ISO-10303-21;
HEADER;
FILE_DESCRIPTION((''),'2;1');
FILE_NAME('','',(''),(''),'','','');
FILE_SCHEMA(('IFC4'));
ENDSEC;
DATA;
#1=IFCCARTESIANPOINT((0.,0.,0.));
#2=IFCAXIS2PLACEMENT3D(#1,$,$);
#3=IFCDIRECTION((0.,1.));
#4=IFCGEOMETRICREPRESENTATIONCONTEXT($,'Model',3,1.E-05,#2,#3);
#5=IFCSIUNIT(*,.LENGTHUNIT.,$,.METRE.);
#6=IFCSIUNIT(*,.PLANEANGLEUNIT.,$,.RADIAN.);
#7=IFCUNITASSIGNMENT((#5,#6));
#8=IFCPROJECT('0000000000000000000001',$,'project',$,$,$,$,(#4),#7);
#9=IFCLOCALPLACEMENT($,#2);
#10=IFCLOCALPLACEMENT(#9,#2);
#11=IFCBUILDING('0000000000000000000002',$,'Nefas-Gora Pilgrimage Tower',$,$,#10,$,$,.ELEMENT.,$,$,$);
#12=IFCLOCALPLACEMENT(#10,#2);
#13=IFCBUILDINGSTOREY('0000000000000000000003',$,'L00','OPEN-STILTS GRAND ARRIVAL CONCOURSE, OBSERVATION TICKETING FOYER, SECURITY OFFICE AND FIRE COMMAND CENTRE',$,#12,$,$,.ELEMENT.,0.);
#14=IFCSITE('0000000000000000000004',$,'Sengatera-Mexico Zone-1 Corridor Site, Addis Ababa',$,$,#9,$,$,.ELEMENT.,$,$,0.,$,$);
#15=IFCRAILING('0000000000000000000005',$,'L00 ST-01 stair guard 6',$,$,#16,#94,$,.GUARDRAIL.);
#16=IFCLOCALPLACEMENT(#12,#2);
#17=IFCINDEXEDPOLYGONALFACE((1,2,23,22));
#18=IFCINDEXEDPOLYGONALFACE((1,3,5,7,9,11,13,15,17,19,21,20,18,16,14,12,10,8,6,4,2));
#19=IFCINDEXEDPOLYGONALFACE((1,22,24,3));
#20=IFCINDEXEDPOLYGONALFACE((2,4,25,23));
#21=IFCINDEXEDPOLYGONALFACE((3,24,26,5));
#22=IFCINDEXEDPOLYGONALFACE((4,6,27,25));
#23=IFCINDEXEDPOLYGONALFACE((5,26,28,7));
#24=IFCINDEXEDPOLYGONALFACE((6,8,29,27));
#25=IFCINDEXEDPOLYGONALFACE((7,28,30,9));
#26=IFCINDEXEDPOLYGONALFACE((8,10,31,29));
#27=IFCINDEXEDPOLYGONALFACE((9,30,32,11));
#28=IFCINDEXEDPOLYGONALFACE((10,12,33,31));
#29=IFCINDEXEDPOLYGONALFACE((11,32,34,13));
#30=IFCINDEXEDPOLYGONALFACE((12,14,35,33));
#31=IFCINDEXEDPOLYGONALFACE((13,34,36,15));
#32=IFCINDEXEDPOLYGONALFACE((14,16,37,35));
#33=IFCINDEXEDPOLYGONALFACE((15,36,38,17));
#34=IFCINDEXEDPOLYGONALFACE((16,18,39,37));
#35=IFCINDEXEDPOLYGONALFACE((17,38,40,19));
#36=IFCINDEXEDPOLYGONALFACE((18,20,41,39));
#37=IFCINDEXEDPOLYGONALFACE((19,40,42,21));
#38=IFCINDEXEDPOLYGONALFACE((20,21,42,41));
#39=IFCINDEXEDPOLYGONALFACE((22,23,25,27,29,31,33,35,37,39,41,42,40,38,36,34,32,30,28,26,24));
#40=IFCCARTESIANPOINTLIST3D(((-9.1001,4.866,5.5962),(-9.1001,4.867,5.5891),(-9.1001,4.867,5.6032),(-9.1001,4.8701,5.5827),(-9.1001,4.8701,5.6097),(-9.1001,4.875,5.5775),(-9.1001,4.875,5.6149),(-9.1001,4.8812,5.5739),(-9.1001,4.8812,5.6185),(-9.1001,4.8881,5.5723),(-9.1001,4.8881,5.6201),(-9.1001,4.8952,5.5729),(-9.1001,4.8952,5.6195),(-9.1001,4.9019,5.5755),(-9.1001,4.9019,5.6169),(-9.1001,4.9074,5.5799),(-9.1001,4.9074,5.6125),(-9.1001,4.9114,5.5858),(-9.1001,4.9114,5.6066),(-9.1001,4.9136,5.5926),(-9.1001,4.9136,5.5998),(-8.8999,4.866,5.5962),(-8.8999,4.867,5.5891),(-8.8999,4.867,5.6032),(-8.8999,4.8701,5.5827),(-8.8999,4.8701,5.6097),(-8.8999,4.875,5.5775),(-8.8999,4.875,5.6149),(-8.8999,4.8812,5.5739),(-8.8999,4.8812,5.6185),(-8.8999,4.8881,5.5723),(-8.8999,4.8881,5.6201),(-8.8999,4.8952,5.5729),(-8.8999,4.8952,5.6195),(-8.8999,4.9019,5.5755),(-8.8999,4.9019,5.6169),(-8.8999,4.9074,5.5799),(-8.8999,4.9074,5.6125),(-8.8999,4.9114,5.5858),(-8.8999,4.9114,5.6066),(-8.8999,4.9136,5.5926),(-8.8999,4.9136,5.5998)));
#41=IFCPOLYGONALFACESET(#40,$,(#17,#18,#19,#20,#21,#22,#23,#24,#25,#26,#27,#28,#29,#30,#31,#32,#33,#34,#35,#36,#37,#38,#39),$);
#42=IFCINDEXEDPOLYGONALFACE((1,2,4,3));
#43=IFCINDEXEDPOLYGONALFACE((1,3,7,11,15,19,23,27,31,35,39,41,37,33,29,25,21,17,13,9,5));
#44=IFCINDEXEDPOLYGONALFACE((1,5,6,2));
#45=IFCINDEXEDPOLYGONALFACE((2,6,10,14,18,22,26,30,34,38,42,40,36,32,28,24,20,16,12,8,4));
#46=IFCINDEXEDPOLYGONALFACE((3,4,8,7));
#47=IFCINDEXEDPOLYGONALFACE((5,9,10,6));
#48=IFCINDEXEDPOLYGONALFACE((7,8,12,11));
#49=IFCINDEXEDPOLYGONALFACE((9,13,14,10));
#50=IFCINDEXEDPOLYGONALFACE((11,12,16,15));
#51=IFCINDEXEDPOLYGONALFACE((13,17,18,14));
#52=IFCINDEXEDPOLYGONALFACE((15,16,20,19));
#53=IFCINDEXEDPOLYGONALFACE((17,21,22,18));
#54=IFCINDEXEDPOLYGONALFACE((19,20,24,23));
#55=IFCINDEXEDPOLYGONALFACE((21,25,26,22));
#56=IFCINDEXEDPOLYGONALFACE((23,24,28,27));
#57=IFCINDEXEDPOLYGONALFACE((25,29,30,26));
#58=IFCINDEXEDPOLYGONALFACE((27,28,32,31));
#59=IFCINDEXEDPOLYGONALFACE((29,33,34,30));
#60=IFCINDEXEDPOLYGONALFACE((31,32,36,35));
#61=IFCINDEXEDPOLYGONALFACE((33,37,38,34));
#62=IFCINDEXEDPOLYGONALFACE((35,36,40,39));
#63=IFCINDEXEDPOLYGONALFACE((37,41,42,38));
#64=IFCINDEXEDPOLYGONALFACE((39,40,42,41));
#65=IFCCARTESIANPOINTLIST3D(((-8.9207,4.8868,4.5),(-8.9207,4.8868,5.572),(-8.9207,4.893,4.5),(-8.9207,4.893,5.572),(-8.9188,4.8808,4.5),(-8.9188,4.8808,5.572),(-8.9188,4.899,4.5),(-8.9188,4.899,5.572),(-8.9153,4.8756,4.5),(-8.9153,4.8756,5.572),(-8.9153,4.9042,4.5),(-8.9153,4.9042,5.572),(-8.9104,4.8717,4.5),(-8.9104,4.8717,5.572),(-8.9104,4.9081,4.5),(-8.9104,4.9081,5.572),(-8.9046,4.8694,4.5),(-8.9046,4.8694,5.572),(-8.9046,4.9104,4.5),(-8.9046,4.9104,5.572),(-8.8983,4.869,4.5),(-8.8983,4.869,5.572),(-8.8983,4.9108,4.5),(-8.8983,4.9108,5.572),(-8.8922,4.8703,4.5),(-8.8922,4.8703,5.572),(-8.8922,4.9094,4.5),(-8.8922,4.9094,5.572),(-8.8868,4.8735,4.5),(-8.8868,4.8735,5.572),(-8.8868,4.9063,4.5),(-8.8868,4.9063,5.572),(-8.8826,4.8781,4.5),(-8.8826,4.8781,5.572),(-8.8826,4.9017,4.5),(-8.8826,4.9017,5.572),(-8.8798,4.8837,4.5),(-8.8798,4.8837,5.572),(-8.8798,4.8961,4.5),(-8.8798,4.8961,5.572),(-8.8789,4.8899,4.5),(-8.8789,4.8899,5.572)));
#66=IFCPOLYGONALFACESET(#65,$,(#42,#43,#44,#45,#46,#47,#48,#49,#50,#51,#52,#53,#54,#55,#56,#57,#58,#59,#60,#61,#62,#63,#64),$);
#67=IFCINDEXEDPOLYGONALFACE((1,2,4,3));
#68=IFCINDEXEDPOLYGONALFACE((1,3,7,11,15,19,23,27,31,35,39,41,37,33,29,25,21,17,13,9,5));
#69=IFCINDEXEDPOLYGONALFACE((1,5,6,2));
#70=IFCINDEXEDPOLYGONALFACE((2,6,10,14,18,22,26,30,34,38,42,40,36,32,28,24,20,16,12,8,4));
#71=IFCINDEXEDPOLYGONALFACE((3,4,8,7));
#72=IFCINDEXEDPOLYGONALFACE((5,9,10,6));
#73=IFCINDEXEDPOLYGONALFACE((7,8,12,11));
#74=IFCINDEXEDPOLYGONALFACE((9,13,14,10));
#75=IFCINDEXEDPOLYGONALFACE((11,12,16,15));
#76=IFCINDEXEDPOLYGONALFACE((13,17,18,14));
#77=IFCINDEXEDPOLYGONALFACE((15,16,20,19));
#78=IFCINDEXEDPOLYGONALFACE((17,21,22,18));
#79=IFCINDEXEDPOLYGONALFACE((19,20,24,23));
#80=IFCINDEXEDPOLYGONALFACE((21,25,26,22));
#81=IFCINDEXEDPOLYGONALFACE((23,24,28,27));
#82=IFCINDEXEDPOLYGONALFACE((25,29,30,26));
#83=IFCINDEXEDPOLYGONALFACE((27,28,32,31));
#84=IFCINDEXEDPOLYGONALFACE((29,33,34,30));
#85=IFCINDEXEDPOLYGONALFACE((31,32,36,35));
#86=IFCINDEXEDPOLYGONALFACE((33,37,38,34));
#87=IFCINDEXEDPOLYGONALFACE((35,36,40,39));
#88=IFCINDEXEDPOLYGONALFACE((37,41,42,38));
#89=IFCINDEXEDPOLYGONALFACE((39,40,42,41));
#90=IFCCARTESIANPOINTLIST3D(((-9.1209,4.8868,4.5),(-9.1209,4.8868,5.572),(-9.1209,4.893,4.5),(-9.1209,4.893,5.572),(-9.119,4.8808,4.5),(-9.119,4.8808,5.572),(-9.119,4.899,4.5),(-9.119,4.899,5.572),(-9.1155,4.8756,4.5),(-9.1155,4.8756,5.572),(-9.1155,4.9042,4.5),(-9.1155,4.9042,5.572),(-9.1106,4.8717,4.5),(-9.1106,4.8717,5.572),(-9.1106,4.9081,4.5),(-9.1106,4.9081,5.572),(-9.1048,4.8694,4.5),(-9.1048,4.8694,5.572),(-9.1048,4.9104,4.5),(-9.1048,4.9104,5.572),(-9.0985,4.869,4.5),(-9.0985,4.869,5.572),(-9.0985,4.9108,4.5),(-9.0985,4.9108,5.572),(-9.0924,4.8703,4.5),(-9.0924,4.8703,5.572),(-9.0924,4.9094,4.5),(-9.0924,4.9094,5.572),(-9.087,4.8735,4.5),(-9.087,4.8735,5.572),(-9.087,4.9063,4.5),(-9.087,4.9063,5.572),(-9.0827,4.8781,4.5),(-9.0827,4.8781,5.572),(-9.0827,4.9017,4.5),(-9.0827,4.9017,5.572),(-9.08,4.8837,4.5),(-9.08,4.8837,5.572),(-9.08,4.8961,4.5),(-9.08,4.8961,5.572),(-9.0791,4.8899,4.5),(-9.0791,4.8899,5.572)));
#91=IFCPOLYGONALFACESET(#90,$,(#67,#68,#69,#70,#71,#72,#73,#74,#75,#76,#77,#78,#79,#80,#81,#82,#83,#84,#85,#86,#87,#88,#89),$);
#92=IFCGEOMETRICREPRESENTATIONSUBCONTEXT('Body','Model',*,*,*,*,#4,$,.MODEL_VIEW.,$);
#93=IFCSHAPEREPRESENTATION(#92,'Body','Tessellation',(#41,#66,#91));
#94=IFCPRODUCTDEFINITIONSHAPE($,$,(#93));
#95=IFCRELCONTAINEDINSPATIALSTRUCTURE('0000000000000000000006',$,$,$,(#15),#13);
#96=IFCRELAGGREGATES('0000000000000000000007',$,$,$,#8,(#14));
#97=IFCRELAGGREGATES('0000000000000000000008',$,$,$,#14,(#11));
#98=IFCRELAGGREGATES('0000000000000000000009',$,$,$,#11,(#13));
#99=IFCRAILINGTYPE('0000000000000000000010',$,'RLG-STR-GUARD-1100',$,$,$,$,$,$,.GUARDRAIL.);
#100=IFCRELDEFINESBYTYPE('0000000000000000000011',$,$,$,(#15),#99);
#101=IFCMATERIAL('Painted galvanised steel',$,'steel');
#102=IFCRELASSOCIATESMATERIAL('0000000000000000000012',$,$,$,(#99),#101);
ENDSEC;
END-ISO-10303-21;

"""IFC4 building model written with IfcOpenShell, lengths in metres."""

from ifc_helpers import new_model, si_unit, direction, frame, origin, origin_2d, place, context, subcontext, project, spatial, circle, extrude, material, type_object, element, save


model = new_model("IFC4")

# Units and contexts
model_context = context("Model", 3, precision=1e-05, world=origin(), true_north=direction((0.0, 1.0)))
body_context = subcontext(model_context, "Body", "Model", "MODEL_VIEW")
ifc_project = project(units=[si_unit("LENGTHUNIT", "METRE"), si_unit("PLANEANGLEUNIT", "RADIAN")], contexts=[model_context])

# Site, building, storey
site_placement = place(None, origin())
site = spatial("IfcSite", under=ifc_project, at=site_placement, Name="Sengatera-Mexico Zone-1 Corridor Site, Addis Ababa", CompositionType="ELEMENT", RefElevation=0.0)
building_placement = place(site_placement, origin())
building = spatial("IfcBuilding", under=site, at=building_placement, Name="Nefas-Gora Pilgrimage Tower", CompositionType="ELEMENT")
storey_placement = place(building_placement, origin())
storey = spatial("IfcBuildingStorey", under=building, at=storey_placement, Name="L00", Description="OPEN-STILTS GRAND ARRIVAL CONCOURSE, OBSERVATION TICKETING FOYER, SECURITY OFFICE AND FIRE COMMAND CENTRE", CompositionType="ELEMENT", Elevation=0.0)

# Railing
ifc_material_1 = material(Name="Painted galvanised steel", Category="steel")
railing_type_1 = type_object("IfcRailingType", Name="RLG-STR-GUARD-1100", PredefinedType="GUARDRAIL", material=ifc_material_1)
railing_1_placement = place(storey_placement, frame((-8.8999, 4.8899, 4.5)))
element("IfcRailing", 1, at=railing_1_placement, inside=storey, type_object=railing_type_1, Name="L00 ST-01 stair guard 6", PredefinedType="GUARDRAIL", context=body_context, shape_type="SweptSolid", body=[
    extrude(circle(Radius=0.0239, at=origin_2d()), frame((0.0, 0.0, 1.0962), z_axis=(-1.0, 0.0, 0.0), x_axis=(0.0, -1.0, 0.0)), (0.0, 0.0, 1.0), 0.2002),
    extrude(circle(Radius=0.021, at=origin_2d()), origin(), (0.0, 0.0, 1.0), 1.072),
    extrude(circle(Radius=0.021, at=origin_2d()), frame((-0.2002, 0.0, 0.0)), (0.0, 0.0, 1.0), 1.072),
])

save(model, "model.ifc")
